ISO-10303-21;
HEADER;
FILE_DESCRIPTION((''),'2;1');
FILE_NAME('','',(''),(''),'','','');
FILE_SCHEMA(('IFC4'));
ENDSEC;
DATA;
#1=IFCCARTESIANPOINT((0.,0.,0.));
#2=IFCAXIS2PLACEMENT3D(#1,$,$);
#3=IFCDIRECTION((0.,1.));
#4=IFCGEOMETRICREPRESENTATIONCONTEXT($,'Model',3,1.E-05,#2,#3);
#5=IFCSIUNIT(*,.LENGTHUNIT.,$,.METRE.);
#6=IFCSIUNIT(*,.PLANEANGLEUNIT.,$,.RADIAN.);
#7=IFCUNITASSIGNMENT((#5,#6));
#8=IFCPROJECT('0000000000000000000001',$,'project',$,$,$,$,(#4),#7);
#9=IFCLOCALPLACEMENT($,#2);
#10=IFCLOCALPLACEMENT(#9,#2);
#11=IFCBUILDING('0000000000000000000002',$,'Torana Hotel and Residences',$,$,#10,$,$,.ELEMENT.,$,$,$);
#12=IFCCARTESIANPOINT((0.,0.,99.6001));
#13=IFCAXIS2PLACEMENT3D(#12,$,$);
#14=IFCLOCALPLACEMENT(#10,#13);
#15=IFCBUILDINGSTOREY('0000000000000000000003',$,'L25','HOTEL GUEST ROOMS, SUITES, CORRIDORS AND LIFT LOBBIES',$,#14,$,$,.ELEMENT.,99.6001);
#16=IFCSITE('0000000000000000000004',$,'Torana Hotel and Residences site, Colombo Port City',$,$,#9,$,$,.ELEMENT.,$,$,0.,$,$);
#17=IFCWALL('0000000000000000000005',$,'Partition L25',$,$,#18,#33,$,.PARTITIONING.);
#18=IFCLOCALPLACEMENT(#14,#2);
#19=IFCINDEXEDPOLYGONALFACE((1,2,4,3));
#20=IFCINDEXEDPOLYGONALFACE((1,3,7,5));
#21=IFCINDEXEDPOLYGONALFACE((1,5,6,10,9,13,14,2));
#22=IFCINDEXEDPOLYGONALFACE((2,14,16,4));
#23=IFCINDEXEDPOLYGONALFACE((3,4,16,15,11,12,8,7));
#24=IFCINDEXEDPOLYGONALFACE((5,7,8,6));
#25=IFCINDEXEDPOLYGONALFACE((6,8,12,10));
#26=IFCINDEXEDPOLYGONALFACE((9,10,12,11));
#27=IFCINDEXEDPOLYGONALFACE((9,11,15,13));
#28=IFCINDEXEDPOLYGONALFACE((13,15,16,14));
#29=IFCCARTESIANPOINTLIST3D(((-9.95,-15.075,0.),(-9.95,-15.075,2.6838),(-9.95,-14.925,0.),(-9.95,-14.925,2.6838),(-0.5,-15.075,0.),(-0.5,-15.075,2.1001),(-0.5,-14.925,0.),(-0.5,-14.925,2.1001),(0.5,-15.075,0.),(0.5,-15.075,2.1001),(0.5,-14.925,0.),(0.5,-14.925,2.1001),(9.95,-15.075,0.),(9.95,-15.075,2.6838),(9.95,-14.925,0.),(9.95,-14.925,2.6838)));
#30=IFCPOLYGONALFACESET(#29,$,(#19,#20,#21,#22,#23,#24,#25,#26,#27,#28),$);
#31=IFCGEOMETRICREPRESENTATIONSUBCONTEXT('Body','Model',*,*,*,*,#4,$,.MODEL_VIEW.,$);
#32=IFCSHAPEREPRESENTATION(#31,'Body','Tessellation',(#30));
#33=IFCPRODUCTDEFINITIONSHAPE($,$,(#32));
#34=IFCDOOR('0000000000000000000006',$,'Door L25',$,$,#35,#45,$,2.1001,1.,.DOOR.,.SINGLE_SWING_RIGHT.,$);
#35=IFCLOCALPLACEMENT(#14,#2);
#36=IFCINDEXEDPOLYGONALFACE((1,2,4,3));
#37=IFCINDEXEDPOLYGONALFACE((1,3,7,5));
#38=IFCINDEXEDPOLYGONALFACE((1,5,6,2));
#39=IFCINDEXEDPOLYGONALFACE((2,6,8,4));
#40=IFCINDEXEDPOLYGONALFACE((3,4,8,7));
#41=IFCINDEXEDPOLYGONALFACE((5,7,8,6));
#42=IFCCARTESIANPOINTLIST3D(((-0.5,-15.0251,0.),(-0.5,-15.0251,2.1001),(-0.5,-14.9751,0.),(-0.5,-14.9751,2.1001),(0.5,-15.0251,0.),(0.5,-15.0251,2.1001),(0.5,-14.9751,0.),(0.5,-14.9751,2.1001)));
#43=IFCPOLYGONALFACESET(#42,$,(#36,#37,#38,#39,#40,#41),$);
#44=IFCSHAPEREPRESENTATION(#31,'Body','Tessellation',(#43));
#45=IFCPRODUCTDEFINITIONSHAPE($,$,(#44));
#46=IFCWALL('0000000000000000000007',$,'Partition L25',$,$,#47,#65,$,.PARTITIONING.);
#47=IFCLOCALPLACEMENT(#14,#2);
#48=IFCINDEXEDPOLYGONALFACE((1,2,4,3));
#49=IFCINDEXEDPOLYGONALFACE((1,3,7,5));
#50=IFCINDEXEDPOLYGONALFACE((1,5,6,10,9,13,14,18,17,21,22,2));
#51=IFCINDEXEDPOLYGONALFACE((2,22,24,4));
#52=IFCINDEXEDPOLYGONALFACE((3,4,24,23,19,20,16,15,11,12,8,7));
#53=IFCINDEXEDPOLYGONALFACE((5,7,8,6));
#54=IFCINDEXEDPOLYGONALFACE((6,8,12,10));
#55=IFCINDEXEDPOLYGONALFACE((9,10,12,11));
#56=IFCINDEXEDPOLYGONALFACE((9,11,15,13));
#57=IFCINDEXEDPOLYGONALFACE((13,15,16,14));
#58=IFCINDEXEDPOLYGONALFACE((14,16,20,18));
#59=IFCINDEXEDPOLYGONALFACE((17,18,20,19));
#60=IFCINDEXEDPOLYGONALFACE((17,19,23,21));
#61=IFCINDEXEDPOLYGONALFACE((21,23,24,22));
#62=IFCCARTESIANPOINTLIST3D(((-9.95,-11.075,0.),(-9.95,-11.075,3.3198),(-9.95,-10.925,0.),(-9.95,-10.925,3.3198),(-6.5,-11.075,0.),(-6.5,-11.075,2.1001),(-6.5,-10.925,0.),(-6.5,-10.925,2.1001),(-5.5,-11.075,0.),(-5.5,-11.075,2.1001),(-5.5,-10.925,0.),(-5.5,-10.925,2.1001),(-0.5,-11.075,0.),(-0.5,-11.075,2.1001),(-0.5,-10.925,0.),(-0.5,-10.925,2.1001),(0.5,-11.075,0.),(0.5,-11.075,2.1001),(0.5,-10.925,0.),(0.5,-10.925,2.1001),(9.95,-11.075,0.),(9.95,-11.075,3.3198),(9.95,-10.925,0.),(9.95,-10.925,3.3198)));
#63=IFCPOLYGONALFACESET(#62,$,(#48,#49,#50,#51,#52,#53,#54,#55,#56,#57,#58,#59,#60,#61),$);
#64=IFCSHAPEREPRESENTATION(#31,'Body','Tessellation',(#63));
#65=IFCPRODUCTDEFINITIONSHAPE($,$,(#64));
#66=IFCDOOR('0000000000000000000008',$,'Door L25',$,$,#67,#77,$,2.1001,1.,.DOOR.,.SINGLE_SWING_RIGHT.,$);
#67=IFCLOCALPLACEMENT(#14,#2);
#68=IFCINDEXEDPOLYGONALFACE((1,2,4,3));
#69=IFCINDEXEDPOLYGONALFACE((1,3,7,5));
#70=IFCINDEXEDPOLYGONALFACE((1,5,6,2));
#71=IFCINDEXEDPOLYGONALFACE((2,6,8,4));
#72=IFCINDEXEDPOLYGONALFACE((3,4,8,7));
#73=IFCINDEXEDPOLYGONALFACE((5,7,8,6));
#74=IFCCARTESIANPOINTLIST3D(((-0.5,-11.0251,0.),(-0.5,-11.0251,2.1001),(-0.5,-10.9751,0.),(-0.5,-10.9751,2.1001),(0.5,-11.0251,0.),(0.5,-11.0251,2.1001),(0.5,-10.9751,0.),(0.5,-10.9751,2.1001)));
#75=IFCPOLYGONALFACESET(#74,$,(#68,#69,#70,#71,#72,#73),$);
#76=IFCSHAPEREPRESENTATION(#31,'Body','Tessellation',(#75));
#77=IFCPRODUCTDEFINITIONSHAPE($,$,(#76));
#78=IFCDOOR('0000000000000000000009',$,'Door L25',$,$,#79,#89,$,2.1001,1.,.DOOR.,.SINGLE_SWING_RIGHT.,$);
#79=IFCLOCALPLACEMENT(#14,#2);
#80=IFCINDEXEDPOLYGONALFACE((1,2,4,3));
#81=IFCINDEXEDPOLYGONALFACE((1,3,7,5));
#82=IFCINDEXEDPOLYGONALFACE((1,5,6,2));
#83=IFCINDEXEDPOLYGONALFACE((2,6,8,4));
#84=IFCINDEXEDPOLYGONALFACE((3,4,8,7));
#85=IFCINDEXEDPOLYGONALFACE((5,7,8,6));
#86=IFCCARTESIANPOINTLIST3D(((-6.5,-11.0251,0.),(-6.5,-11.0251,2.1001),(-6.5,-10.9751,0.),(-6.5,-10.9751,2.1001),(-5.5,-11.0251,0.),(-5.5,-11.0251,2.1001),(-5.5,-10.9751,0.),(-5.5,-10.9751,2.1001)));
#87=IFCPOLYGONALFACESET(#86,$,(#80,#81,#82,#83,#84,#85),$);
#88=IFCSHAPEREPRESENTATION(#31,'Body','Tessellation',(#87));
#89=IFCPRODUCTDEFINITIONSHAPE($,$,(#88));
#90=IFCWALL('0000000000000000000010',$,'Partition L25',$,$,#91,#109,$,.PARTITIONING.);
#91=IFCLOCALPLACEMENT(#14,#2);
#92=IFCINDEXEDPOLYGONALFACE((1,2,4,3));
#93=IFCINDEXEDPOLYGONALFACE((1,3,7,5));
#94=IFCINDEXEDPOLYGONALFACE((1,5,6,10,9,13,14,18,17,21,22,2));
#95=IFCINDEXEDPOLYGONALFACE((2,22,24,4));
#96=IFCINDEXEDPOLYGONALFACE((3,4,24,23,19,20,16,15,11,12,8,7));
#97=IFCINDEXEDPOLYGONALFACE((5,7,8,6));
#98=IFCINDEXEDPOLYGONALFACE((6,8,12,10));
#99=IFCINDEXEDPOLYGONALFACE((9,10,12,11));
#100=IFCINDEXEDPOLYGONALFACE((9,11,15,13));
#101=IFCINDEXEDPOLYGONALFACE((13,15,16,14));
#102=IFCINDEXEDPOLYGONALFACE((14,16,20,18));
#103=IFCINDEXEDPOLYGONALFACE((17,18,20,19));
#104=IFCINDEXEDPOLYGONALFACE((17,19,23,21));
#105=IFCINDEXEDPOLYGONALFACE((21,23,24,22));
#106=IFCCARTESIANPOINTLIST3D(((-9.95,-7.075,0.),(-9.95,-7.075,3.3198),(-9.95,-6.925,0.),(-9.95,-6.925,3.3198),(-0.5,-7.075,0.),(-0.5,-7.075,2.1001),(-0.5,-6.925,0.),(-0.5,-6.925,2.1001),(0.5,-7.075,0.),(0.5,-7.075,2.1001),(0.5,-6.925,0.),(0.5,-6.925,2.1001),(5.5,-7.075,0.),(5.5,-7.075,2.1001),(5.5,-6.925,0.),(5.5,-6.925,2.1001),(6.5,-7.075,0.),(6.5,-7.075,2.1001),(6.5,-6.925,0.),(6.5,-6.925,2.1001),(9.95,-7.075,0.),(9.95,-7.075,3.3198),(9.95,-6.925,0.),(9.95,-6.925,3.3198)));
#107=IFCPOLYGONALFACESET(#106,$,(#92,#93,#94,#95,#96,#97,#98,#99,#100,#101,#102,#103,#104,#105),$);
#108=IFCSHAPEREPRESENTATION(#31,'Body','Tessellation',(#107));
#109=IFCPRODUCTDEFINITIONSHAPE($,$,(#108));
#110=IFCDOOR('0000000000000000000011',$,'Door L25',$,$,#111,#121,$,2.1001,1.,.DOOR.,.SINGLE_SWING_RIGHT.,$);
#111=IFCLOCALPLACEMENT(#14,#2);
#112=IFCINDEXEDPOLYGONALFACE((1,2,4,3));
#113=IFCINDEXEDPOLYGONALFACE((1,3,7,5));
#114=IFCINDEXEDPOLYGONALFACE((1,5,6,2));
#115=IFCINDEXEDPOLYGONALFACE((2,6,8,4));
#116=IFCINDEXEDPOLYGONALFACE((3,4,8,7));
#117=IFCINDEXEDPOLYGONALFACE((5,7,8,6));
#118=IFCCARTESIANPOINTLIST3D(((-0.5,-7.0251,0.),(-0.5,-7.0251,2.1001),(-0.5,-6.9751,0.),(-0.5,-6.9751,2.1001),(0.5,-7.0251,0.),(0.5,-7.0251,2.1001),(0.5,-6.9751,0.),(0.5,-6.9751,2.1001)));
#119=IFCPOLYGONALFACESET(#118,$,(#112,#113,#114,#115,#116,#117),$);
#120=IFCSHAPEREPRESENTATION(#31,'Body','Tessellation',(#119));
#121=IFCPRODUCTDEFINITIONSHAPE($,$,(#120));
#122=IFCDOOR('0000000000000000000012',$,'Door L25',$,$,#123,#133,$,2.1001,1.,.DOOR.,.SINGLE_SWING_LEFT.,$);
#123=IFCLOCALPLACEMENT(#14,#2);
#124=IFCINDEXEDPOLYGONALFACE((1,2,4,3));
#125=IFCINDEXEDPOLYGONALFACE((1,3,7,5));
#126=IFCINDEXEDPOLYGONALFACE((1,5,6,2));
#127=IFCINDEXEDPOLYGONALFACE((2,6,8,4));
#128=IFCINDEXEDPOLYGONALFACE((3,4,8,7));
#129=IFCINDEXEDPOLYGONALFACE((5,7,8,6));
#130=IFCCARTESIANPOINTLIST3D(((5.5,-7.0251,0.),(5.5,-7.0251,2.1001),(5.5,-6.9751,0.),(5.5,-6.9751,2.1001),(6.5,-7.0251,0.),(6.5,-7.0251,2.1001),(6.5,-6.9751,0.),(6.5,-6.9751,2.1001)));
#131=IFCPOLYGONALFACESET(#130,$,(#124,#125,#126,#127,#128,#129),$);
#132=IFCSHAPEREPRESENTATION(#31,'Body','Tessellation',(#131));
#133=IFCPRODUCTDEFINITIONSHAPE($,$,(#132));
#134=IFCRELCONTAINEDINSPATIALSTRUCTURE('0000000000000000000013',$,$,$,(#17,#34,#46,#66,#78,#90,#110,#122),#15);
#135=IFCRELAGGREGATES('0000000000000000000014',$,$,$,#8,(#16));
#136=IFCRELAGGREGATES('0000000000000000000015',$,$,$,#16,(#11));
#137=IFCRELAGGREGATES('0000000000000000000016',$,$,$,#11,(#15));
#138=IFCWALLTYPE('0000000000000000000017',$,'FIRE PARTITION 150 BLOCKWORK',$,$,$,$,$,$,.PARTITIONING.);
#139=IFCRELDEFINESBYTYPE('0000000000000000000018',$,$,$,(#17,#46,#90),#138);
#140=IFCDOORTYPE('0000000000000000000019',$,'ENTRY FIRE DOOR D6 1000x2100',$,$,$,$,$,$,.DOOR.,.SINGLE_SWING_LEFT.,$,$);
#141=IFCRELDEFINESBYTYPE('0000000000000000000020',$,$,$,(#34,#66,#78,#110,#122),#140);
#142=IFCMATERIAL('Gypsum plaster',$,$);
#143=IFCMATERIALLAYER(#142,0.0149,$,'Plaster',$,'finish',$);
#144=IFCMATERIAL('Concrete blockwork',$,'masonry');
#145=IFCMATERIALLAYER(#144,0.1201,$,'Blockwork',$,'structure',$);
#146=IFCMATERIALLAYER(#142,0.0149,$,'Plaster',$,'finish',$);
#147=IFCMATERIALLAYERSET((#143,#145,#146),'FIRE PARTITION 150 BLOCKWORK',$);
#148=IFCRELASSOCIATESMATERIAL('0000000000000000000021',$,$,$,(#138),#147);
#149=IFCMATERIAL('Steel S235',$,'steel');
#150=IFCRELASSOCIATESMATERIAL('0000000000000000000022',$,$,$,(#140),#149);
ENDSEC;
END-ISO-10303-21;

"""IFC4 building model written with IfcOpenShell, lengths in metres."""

from ifc_helpers import new_model, si_unit, direction, frame, frame_2d, origin, place, context, subcontext, project, spatial, rectangle, extrude, material, layer, layer_set, type_object, element, fill, save


model = new_model("IFC4")

# Units and contexts
model_context = context("Model", 3, precision=1e-05, world=origin(), true_north=direction((0.0, 1.0)))
body_context = subcontext(model_context, "Body", "Model", "MODEL_VIEW")
ifc_project = project(units=[si_unit("LENGTHUNIT", "METRE"), si_unit("PLANEANGLEUNIT", "RADIAN")], contexts=[model_context])

# Site, building, storey
site_placement = place(None, origin())
site = spatial("IfcSite", under=ifc_project, at=site_placement, Name="Torana Hotel and Residences site, Colombo Port City", CompositionType="ELEMENT", RefElevation=0.0)
building_placement = place(site_placement, origin())
building = spatial("IfcBuilding", under=site, at=building_placement, Name="Torana Hotel and Residences", CompositionType="ELEMENT")
storey_placement = place(building_placement, frame((0.0, 0.0, 99.6001)))
storey = spatial("IfcBuildingStorey", under=building, at=storey_placement, Name="L25", Description="HOTEL GUEST ROOMS, SUITES, CORRIDORS AND LIFT LOBBIES", CompositionType="ELEMENT", Elevation=99.6001)

# Shared definitions
ifc_material_1 = material(Name="Gypsum plaster")
ifc_layer_1 = layer(ifc_material_1, 0.0149, Name="Plaster", Category="finish")
ifc_material_2 = material(Name="Concrete blockwork", Category="masonry")
ifc_layer_2 = layer(ifc_material_2, 0.1201, Name="Blockwork", Category="structure")
ifc_layer_3 = layer(ifc_material_1, 0.0149, Name="Plaster", Category="finish")
ifc_layer_set_1 = layer_set([ifc_layer_1, ifc_layer_2, ifc_layer_3], Name="FIRE PARTITION 150 BLOCKWORK")
wall_type_1 = type_object("IfcWallType", Name="FIRE PARTITION 150 BLOCKWORK", PredefinedType="PARTITIONING", material=ifc_layer_set_1)

# Wall, opening, door
wall_1_placement = place(storey_placement, frame((-9.95, -15.0, 0.0), z_axis=(0.0, 0.0, 1.0), x_axis=(1.0, 0.0, 0.0)))
wall_1 = element("IfcWall", 1, at=wall_1_placement, inside=storey, type_object=wall_type_1, Name="Partition L25", PredefinedType="PARTITIONING", context=body_context, shape_type="SweptSolid", body=[
    extrude(rectangle(XDim=19.8999, YDim=0.1499, at=frame_2d((9.95, 0.0))), origin(), (0.0, 0.0, 1.0), 2.6838),
])
opening_1_placement = place(wall_1_placement, frame((9.45, 0.0, 0.0)))
opening_1 = element("IfcOpeningElement", 2, at=opening_1_placement, cuts=wall_1, PredefinedType="OPENING", context=body_context, shape_type="SweptSolid", body=[
    extrude(rectangle(XDim=1.0, YDim=2.1001, at=frame_2d((0.5, 1.05))), frame((0.0, 0.085, 0.0), z_axis=(0.0, -1.0, 0.0), x_axis=(1.0, 0.0, 0.0)), (0.0, 0.0, 1.0), 0.1699),
])
ifc_material_3 = material(Name="Steel S235", Category="steel")
door_type = type_object("IfcDoorType", Name="ENTRY FIRE DOOR D6 1000x2100", OperationType="SINGLE_SWING_LEFT", PredefinedType="DOOR", material=ifc_material_3)
door_1_placement = place(opening_1_placement, origin())
door_1 = element("IfcDoor", 3, at=door_1_placement, inside=storey, type_object=door_type, Name="Door L25", OperationType="SINGLE_SWING_RIGHT", OverallHeight=2.1001, OverallWidth=1.0, PredefinedType="DOOR", context=body_context, shape_type="SweptSolid", body=[
    extrude(rectangle(XDim=1.0, YDim=2.1001, at=frame_2d((0.5, 1.05))), frame((0.0, 0.0249, 0.0), z_axis=(0.0, -1.0, 0.0), x_axis=(1.0, 0.0, 0.0)), (0.0, 0.0, 1.0), 0.05),
])
fill(opening_1, door_1)

# Walls, openings, doors
wall_2_placement = place(storey_placement, frame((-9.95, -11.0, 0.0), z_axis=(0.0, 0.0, 1.0), x_axis=(1.0, 0.0, 0.0)))
wall_2 = element("IfcWall", 4, at=wall_2_placement, inside=storey, type_object=wall_type_1, Name="Partition L25", PredefinedType="PARTITIONING", context=body_context, shape_type="SweptSolid", body=[
    extrude(rectangle(XDim=19.8999, YDim=0.1499, at=frame_2d((9.95, 0.0))), origin(), (0.0, 0.0, 1.0), 3.3198),
])
opening_2_placement = place(wall_2_placement, frame((9.45, 0.0, 0.0)))
opening_2 = element("IfcOpeningElement", 5, at=opening_2_placement, cuts=wall_2, PredefinedType="OPENING", context=body_context, shape_type="SweptSolid", body=[
    extrude(rectangle(XDim=1.0, YDim=2.1001, at=frame_2d((0.5, 1.05))), frame((0.0, 0.085, 0.0), z_axis=(0.0, -1.0, 0.0), x_axis=(1.0, 0.0, 0.0)), (0.0, 0.0, 1.0), 0.1699),
])
opening_3_placement = place(wall_2_placement, frame((3.45, 0.0, 0.0)))
opening_3 = element("IfcOpeningElement", 6, at=opening_3_placement, cuts=wall_2, PredefinedType="OPENING", context=body_context, shape_type="SweptSolid", body=[
    extrude(rectangle(XDim=1.0, YDim=2.1001, at=frame_2d((0.5, 1.05))), frame((0.0, 0.085, 0.0), z_axis=(0.0, -1.0, 0.0), x_axis=(1.0, 0.0, 0.0)), (0.0, 0.0, 1.0), 0.1699),
])
door_2_placement = place(opening_2_placement, origin())
door_2 = element("IfcDoor", 7, at=door_2_placement, inside=storey, type_object=door_type, Name="Door L25", OperationType="SINGLE_SWING_RIGHT", OverallHeight=2.1001, OverallWidth=1.0, PredefinedType="DOOR", context=body_context, shape_type="SweptSolid", body=[
    extrude(rectangle(XDim=1.0, YDim=2.1001, at=frame_2d((0.5, 1.05))), frame((0.0, 0.0249, 0.0), z_axis=(0.0, -1.0, 0.0), x_axis=(1.0, 0.0, 0.0)), (0.0, 0.0, 1.0), 0.05),
])
fill(opening_2, door_2)
door_3_placement = place(opening_3_placement, origin())
door_3 = element("IfcDoor", 8, at=door_3_placement, inside=storey, type_object=door_type, Name="Door L25", OperationType="SINGLE_SWING_RIGHT", OverallHeight=2.1001, OverallWidth=1.0, PredefinedType="DOOR", context=body_context, shape_type="SweptSolid", body=[
    extrude(rectangle(XDim=1.0, YDim=2.1001, at=frame_2d((0.5, 1.05))), frame((0.0, 0.0249, 0.0), z_axis=(0.0, -1.0, 0.0), x_axis=(1.0, 0.0, 0.0)), (0.0, 0.0, 1.0), 0.05),
])
fill(opening_3, door_3)
wall_3_placement = place(storey_placement, frame((-9.95, -7.0, 0.0), z_axis=(0.0, 0.0, 1.0), x_axis=(1.0, 0.0, 0.0)))
wall_3 = element("IfcWall", 9, at=wall_3_placement, inside=storey, type_object=wall_type_1, Name="Partition L25", PredefinedType="PARTITIONING", context=body_context, shape_type="SweptSolid", body=[
    extrude(rectangle(XDim=19.8999, YDim=0.1499, at=frame_2d((9.95, 0.0))), origin(), (0.0, 0.0, 1.0), 3.3198),
])
opening_4_placement = place(wall_3_placement, frame((9.45, 0.0, 0.0)))
opening_4 = element("IfcOpeningElement", 10, at=opening_4_placement, cuts=wall_3, PredefinedType="OPENING", context=body_context, shape_type="SweptSolid", body=[
    extrude(rectangle(XDim=1.0, YDim=2.1001, at=frame_2d((0.5, 1.05))), frame((0.0, 0.085, 0.0), z_axis=(0.0, -1.0, 0.0), x_axis=(1.0, 0.0, 0.0)), (0.0, 0.0, 1.0), 0.1699),
])
opening_5_placement = place(wall_3_placement, frame((15.45, 0.0, 0.0)))
opening_5 = element("IfcOpeningElement", 11, at=opening_5_placement, cuts=wall_3, PredefinedType="OPENING", context=body_context, shape_type="SweptSolid", body=[
    extrude(rectangle(XDim=1.0, YDim=2.1001, at=frame_2d((0.5, 1.05))), frame((0.0, 0.085, 0.0), z_axis=(0.0, -1.0, 0.0), x_axis=(1.0, 0.0, 0.0)), (0.0, 0.0, 1.0), 0.1699),
])
door_4_placement = place(opening_4_placement, origin())
door_4 = element("IfcDoor", 12, at=door_4_placement, inside=storey, type_object=door_type, Name="Door L25", OperationType="SINGLE_SWING_RIGHT", OverallHeight=2.1001, OverallWidth=1.0, PredefinedType="DOOR", context=body_context, shape_type="SweptSolid", body=[
    extrude(rectangle(XDim=1.0, YDim=2.1001, at=frame_2d((0.5, 1.05))), frame((0.0, 0.0249, 0.0), z_axis=(0.0, -1.0, 0.0), x_axis=(1.0, 0.0, 0.0)), (0.0, 0.0, 1.0), 0.05),
])
fill(opening_4, door_4)
door_5_placement = place(opening_5_placement, frame((0.5, 0.0, 0.0), z_axis=(0.0, 0.0, 1.0), x_axis=(-1.0, 0.0, 0.0)))
door_5 = element("IfcDoor", 13, at=door_5_placement, inside=storey, type_object=door_type, Name="Door L25", OperationType="SINGLE_SWING_LEFT", OverallHeight=2.1001, OverallWidth=1.0, PredefinedType="DOOR", context=body_context, shape_type="SweptSolid", body=[
    extrude(rectangle(XDim=1.0, YDim=2.1001, at=frame_2d((0.0, 1.05))), frame((0.0, -0.0249, 0.0), z_axis=(0.0, 1.0, 0.0), x_axis=(-1.0, 0.0, 0.0)), (0.0, 0.0, 1.0), 0.05),
])
fill(opening_5, door_5)

save(model, "model.ifc")
